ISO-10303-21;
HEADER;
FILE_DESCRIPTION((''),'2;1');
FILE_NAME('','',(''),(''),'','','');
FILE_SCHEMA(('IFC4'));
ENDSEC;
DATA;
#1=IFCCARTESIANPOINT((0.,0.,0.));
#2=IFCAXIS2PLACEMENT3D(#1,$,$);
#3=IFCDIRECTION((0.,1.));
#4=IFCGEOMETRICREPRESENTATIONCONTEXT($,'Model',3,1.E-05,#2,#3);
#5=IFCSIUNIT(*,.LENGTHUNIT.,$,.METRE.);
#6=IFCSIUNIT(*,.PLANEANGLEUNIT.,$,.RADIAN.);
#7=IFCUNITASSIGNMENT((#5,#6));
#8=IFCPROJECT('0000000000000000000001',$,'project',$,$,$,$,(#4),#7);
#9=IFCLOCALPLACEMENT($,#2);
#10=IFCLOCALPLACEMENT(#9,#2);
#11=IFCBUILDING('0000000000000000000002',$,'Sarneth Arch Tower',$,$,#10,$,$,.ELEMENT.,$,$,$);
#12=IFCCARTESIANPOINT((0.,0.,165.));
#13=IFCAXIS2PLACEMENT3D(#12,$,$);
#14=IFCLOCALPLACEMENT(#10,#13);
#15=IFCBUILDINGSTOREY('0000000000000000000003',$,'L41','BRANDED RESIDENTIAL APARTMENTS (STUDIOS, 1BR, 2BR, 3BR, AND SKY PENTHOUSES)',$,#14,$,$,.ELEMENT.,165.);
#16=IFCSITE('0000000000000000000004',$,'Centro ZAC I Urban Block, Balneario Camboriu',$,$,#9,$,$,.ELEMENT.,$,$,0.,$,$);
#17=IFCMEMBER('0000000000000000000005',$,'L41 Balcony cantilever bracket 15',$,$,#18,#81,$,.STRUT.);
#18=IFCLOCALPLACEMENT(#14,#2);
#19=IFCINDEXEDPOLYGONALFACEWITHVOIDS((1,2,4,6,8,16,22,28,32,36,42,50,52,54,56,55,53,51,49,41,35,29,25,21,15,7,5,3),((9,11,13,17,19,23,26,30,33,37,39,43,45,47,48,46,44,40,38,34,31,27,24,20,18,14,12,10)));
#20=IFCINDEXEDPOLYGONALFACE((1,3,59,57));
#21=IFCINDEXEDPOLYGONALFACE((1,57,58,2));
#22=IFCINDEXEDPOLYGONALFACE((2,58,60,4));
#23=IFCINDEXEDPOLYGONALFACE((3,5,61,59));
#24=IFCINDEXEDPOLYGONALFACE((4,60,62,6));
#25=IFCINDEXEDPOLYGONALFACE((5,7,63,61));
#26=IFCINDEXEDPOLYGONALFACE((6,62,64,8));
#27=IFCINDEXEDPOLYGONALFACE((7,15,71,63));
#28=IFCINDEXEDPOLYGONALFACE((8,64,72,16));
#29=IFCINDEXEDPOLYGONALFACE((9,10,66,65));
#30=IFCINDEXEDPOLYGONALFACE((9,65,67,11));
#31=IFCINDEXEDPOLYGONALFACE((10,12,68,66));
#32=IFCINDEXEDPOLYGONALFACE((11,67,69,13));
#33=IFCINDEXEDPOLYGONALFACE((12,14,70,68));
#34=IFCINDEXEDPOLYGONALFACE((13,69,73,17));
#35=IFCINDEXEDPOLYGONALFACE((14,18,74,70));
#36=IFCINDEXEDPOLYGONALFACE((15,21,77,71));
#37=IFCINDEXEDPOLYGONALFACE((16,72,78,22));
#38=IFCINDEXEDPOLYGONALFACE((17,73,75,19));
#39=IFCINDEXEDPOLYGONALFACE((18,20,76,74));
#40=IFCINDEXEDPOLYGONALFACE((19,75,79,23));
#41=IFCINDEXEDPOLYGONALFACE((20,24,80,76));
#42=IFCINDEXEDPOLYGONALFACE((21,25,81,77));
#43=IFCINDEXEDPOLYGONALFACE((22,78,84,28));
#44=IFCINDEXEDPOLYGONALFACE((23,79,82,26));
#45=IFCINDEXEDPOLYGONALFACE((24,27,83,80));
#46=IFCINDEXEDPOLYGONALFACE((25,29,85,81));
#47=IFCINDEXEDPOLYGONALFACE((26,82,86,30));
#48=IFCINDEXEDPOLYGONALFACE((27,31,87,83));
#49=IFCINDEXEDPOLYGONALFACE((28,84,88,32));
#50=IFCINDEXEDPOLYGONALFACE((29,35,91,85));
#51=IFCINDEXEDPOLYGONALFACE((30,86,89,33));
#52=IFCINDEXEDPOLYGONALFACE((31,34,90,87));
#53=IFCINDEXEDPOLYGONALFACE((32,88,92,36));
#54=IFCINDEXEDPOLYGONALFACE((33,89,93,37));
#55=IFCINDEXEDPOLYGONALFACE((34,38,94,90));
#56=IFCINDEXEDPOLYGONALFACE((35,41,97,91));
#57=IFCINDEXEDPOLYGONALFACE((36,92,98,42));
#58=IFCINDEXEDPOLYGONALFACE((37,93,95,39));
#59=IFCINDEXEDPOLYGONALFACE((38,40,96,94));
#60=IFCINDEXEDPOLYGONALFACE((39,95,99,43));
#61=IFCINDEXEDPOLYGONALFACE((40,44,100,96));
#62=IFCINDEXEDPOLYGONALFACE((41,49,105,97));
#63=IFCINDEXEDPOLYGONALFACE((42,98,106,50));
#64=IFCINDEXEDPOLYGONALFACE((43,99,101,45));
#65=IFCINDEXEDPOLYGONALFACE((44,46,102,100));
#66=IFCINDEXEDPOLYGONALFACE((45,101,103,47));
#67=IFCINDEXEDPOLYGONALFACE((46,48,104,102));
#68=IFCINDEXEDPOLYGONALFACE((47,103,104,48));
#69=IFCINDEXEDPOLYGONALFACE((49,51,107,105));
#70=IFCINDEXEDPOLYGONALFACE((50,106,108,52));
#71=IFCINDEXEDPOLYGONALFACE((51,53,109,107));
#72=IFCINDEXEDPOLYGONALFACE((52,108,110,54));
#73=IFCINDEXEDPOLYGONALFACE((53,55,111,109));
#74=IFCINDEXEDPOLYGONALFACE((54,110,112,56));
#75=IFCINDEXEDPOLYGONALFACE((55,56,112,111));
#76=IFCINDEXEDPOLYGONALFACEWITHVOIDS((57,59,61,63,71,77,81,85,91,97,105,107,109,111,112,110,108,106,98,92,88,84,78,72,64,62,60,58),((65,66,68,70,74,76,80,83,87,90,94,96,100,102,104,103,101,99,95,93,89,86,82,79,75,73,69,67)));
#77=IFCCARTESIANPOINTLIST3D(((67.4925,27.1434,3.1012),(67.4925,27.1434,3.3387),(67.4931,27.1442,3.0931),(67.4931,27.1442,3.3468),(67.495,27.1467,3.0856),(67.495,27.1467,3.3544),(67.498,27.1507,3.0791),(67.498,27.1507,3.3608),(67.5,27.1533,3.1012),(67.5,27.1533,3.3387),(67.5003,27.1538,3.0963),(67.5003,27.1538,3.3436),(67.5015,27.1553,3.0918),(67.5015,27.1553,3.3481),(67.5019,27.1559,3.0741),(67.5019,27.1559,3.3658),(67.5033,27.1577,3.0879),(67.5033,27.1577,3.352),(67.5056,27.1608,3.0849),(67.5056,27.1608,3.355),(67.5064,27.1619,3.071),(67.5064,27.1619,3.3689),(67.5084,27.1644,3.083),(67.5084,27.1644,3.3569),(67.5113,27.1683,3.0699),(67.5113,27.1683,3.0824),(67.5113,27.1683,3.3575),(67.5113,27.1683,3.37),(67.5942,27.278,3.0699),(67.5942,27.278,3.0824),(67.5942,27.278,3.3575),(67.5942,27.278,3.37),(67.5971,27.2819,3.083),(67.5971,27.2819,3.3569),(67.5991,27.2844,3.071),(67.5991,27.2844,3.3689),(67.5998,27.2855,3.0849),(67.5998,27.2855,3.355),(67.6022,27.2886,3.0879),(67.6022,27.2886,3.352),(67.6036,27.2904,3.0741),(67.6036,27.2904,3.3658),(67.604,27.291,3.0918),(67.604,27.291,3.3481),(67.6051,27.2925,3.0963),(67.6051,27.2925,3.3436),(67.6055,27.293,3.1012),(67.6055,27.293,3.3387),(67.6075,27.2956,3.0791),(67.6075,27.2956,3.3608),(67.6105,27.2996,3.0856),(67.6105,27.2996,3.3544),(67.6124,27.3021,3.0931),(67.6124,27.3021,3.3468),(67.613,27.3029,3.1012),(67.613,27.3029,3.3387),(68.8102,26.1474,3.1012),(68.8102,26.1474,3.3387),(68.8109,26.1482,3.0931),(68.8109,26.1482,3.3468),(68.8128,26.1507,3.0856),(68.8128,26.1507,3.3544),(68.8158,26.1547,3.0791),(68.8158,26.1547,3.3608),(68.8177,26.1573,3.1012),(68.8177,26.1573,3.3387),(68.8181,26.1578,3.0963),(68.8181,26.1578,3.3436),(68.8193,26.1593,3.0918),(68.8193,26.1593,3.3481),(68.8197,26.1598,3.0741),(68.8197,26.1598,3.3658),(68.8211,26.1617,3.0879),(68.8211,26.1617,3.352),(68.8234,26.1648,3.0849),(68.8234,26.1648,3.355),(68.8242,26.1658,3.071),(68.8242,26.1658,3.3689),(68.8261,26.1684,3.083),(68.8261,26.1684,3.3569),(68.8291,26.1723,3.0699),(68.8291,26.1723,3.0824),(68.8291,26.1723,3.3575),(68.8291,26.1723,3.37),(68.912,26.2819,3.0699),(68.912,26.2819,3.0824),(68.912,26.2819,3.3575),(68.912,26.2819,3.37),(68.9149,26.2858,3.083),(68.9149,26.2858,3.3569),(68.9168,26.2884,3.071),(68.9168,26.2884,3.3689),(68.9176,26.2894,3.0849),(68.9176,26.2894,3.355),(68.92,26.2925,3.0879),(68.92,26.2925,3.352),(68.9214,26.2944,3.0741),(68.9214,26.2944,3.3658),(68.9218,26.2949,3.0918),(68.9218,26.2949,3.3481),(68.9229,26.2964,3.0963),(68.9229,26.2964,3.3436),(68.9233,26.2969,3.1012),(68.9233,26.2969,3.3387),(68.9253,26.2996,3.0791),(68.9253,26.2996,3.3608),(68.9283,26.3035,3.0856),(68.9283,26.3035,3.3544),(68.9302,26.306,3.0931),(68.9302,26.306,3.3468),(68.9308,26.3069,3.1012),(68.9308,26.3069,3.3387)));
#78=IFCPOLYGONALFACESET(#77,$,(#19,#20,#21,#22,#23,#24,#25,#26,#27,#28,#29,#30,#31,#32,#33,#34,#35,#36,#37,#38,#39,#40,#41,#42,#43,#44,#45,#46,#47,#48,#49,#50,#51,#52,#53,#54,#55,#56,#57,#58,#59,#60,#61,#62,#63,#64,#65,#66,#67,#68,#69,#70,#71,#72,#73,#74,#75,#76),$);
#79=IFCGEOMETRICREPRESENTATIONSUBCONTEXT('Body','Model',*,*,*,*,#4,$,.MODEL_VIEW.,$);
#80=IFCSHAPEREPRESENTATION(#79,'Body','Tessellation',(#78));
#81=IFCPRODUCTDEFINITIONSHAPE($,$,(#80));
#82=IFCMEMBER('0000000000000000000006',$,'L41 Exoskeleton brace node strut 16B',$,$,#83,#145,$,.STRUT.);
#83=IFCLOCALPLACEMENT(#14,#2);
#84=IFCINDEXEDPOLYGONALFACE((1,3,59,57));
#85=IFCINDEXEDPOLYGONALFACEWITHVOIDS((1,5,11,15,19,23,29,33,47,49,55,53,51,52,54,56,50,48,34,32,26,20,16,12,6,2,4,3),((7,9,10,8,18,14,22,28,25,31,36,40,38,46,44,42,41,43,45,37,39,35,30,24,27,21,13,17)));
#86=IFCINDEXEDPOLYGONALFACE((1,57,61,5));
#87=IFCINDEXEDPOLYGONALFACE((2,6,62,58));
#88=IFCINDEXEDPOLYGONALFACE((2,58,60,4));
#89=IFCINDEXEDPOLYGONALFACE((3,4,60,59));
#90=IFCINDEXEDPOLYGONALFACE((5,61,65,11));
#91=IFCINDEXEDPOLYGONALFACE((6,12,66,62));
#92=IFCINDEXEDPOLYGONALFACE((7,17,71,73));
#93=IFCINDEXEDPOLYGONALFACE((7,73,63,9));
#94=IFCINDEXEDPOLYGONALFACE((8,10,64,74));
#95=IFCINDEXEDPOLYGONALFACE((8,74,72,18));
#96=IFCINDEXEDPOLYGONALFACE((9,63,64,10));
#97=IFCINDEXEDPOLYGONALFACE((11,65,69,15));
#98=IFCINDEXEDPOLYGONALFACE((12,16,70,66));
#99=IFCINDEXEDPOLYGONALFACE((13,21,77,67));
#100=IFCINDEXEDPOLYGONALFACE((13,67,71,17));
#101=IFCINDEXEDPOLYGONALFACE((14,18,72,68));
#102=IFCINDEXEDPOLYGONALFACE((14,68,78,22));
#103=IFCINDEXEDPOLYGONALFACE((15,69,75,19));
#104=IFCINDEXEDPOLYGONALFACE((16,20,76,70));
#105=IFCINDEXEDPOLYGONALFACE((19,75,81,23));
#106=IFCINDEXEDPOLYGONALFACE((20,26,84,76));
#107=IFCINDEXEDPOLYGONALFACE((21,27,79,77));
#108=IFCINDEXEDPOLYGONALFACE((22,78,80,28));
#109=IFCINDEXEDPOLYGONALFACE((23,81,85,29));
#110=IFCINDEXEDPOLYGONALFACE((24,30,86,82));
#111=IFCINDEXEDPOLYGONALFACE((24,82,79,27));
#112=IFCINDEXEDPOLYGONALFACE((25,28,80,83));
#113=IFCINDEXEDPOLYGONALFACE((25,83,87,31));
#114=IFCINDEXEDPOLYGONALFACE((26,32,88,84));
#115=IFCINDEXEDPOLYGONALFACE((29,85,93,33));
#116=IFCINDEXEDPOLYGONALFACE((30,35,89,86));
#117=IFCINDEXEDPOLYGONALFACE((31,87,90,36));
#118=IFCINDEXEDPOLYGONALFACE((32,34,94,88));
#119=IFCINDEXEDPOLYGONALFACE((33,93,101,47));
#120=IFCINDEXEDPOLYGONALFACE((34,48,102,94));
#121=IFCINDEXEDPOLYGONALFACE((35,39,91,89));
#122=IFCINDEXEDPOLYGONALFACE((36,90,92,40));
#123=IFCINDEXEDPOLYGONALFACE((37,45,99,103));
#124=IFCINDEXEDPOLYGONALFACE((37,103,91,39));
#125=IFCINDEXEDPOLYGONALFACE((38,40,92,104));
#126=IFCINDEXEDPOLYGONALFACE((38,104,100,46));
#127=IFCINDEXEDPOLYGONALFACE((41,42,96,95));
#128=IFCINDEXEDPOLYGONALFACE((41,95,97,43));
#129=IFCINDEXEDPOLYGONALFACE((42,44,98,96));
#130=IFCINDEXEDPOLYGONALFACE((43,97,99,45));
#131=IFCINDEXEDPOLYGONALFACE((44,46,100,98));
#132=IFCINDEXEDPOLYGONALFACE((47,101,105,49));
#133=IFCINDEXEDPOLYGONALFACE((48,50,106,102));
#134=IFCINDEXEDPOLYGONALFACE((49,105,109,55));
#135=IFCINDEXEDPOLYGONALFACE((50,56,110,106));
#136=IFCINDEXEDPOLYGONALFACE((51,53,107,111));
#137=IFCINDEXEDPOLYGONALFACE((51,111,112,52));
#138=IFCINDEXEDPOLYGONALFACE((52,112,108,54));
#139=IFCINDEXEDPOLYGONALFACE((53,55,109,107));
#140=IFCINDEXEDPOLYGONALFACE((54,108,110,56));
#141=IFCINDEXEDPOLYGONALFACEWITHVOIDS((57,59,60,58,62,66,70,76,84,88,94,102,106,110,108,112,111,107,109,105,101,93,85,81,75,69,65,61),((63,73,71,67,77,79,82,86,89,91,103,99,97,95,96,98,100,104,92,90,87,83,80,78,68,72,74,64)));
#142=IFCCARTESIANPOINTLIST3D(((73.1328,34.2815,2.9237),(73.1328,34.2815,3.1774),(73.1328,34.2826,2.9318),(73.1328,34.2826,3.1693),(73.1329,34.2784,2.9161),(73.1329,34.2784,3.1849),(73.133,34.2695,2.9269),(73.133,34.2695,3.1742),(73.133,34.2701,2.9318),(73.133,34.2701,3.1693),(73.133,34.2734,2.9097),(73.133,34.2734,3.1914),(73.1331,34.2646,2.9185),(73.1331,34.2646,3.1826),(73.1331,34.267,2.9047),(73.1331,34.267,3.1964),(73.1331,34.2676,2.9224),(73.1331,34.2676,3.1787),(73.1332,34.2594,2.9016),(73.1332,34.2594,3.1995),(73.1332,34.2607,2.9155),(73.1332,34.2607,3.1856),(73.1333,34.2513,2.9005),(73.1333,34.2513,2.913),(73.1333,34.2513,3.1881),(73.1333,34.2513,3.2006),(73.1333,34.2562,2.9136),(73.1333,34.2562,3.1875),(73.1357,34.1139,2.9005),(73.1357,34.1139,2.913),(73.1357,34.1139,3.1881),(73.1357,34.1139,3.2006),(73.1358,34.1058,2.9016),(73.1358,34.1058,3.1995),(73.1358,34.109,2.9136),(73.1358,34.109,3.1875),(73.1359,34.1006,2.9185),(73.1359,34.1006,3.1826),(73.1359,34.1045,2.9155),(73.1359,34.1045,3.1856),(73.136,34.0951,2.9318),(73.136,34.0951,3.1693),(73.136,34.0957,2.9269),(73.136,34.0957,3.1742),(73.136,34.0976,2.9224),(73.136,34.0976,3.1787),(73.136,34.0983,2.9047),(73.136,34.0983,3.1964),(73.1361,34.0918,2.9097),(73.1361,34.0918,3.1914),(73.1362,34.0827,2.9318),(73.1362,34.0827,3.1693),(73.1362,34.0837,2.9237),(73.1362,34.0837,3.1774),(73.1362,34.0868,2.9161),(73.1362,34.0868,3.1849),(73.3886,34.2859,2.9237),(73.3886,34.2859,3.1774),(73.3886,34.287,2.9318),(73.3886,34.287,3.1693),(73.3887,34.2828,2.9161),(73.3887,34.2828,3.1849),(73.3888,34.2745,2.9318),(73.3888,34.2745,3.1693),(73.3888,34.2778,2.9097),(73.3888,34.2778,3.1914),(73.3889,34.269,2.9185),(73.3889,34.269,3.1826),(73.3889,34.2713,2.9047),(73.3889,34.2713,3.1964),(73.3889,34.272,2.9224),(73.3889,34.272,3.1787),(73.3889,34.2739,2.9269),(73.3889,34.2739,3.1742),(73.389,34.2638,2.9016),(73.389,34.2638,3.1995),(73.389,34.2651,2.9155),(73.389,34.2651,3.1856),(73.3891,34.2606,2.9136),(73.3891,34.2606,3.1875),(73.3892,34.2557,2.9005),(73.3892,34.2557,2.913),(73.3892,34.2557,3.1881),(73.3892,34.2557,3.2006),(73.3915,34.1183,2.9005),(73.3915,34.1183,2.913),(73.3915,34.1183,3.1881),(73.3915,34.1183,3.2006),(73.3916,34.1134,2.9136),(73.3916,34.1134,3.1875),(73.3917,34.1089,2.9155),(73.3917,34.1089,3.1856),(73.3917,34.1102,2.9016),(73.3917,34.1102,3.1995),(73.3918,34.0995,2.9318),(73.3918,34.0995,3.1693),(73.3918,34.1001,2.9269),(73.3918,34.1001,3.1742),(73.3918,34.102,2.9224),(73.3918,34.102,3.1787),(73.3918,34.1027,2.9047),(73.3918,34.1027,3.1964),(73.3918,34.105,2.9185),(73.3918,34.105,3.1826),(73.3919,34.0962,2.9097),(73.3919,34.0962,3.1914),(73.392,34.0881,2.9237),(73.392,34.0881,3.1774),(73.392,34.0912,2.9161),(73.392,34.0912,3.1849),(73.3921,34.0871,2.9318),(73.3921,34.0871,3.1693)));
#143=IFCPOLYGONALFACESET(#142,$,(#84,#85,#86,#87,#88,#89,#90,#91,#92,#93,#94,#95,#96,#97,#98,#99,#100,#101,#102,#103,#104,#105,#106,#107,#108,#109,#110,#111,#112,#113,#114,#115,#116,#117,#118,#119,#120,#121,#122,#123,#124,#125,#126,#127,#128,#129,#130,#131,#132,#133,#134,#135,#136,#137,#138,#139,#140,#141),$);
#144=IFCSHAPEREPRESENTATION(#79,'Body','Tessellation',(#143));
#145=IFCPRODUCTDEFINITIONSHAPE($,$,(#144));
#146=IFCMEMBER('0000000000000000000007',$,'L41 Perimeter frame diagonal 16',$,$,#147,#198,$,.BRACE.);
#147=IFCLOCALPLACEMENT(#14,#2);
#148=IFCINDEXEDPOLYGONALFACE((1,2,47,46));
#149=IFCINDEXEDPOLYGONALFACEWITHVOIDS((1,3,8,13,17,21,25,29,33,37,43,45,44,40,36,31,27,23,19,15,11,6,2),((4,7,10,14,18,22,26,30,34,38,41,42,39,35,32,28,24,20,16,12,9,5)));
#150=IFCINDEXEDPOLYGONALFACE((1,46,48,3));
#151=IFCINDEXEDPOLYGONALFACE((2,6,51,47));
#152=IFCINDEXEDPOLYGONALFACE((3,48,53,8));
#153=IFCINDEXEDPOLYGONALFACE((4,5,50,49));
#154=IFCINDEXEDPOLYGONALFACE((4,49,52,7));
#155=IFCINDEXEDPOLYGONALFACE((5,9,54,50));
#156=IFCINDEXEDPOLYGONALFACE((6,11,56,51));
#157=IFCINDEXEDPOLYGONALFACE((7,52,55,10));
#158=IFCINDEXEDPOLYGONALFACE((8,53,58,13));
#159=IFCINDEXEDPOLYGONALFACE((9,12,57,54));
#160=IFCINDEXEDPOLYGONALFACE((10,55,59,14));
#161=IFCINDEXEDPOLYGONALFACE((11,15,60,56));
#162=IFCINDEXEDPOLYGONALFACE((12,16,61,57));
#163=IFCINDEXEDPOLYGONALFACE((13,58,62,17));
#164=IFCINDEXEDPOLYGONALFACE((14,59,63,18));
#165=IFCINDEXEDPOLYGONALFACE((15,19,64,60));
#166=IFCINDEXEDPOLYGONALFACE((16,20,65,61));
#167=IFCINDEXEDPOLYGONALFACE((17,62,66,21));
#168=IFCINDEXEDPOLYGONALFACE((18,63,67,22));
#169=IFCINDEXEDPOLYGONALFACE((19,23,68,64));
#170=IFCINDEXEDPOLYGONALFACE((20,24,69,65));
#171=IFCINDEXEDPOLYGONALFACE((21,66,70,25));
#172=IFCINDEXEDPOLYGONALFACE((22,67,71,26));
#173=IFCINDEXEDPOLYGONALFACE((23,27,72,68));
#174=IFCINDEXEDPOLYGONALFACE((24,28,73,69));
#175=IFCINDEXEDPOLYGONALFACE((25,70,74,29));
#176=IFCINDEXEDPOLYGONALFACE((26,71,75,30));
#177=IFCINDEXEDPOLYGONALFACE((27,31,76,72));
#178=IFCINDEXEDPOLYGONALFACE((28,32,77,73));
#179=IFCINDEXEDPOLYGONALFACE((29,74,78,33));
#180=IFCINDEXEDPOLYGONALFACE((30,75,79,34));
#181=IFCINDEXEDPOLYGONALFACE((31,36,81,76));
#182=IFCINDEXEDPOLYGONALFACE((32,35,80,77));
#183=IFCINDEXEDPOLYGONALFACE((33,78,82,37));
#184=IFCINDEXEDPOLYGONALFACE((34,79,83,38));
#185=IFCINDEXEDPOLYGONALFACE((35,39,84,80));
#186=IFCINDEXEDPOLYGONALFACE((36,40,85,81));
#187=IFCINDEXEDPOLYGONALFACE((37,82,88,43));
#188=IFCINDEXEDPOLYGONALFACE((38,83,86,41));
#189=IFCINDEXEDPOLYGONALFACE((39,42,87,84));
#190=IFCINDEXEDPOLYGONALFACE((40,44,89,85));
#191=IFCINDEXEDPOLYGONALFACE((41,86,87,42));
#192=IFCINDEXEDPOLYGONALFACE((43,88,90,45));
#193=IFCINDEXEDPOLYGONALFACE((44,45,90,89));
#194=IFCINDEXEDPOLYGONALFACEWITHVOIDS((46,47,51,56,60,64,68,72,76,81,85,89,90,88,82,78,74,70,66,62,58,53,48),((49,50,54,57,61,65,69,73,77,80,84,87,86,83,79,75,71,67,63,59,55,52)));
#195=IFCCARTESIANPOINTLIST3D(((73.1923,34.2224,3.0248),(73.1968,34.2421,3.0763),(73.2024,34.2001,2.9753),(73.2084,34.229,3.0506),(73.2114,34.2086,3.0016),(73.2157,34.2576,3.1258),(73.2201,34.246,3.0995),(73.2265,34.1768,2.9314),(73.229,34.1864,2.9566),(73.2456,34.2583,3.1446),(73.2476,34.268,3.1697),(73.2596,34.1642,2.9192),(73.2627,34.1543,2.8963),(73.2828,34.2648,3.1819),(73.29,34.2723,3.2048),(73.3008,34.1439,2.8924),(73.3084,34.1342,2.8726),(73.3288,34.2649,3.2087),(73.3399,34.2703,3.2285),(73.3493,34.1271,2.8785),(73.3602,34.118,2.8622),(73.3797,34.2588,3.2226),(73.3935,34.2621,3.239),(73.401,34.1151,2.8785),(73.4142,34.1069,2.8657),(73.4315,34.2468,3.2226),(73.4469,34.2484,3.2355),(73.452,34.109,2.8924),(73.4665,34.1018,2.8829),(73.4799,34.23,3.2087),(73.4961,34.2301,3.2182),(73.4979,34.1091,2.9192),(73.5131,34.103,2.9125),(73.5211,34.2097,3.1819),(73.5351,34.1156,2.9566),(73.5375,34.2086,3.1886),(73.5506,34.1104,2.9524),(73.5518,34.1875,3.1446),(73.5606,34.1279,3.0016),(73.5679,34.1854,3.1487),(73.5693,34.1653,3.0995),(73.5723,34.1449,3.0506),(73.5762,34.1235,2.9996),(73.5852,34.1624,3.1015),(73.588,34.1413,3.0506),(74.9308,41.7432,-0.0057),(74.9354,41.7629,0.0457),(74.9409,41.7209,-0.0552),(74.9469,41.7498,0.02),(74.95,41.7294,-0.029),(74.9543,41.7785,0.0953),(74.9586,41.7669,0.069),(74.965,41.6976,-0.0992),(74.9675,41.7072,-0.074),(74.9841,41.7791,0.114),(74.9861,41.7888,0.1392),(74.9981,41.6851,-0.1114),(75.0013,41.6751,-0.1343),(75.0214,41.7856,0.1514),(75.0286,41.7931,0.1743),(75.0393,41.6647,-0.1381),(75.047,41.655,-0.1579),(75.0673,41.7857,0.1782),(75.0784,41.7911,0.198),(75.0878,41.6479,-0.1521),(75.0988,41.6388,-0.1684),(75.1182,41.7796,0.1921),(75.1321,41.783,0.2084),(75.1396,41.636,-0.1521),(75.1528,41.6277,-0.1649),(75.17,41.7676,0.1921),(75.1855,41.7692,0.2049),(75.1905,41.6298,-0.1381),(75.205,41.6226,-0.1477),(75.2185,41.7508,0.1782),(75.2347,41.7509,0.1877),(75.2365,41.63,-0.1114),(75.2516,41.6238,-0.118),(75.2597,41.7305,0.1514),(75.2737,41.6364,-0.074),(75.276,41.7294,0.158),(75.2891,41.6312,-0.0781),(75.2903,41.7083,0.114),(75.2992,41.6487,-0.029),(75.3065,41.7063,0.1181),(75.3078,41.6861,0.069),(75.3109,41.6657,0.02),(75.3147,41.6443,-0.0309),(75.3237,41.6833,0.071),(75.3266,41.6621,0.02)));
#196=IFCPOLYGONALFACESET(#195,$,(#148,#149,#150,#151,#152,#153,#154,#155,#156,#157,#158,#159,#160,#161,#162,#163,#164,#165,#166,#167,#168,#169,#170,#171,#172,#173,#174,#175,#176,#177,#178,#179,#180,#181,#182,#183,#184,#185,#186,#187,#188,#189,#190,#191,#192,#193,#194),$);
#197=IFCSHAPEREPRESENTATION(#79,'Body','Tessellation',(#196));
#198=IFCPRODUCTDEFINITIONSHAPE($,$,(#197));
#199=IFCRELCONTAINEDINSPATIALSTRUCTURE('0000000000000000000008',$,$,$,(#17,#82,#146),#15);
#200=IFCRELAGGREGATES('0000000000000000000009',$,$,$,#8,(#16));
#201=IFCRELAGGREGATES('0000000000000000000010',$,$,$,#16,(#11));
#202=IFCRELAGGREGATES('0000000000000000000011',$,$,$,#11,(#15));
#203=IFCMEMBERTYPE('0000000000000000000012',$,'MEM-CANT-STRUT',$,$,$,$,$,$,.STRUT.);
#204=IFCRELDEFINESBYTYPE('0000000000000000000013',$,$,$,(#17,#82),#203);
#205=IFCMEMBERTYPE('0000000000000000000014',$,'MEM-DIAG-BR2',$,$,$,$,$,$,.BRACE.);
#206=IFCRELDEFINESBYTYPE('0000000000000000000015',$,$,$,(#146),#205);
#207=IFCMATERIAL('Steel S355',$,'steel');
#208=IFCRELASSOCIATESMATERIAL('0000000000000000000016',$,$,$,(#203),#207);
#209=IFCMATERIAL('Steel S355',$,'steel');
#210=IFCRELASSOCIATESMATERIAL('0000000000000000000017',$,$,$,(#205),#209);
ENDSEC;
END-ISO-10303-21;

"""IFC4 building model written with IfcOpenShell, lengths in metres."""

from ifc_helpers import new_model, si_unit, direction, frame, origin, origin_2d, place, context, subcontext, project, spatial, hollow_rectangle, hollow_circle, extrude, material, material_profile, profile_set, type_object, element, save


model = new_model("IFC4")

# Units and contexts
model_context = context("Model", 3, precision=1e-05, world=origin(), true_north=direction((0.0, 1.0)))
body_context = subcontext(model_context, "Body", "Model", "MODEL_VIEW")
ifc_project = project(units=[si_unit("LENGTHUNIT", "METRE"), si_unit("PLANEANGLEUNIT", "RADIAN")], contexts=[model_context])

# Site, building, storey
site_placement = place(None, origin())
site = spatial("IfcSite", under=ifc_project, at=site_placement, Name="Centro ZAC I Urban Block, Balneario Camboriu", CompositionType="ELEMENT", RefElevation=0.0)
building_placement = place(site_placement, origin())
building = spatial("IfcBuilding", under=site, at=building_placement, Name="Sarneth Arch Tower", CompositionType="ELEMENT")
storey_placement = place(building_placement, frame((0.0, 0.0, 165.0)))
storey = spatial("IfcBuildingStorey", under=building, at=storey_placement, Name="L41", Description="BRANDED RESIDENTIAL APARTMENTS (STUDIOS, 1BR, 2BR, 3BR, AND SKY PENTHOUSES)", CompositionType="ELEMENT", Elevation=165.0)

# Members
ifc_material_1 = material(Name="Steel S355", Category="steel")
ifc_material_profile_1 = material_profile(ifc_material_1, hollow_rectangle(XDim=0.2, YDim=0.3, WallThickness=0.0125, InnerFilletRadius=0.0188, OuterFilletRadius=0.0312, at=origin_2d()), Name="RHS300x200x12.5")
ifc_profile_set_1 = profile_set([ifc_material_profile_1], Name="Steel S355")
member_type_1 = type_object("IfcMemberType", Name="MEM-CANT-STRUT", PredefinedType="STRUT", material=ifc_profile_set_1)
member_1_placement = place(storey_placement, frame((67.5527, 27.2231, 3.22), z_axis=(0.79776, -0.602975, 0.0), x_axis=(0.602975, 0.79776, 0.0)))
element("IfcMember", 1, at=member_1_placement, inside=storey, type_object=member_type_1, Name="L41 Balcony cantilever bracket 15", PredefinedType="STRUT", context=body_context, shape_type="SweptSolid", body=[
    extrude(hollow_rectangle(XDim=0.2, YDim=0.3, WallThickness=0.0125, InnerFilletRadius=0.0188, OuterFilletRadius=0.0312, at=origin_2d()), origin(), (0.0, 0.0, 1.0), 1.6519),
])
member_2_placement = place(storey_placement, frame((73.1345, 34.1826, 3.0505), z_axis=(0.999853, 0.017173, 0.0), x_axis=(-0.017173, 0.999853, 0.0)))
element("IfcMember", 2, at=member_2_placement, inside=storey, type_object=member_type_1, Name="L41 Exoskeleton brace node strut 16B", PredefinedType="STRUT", context=body_context, shape_type="SweptSolid", body=[
    extrude(hollow_rectangle(XDim=0.2, YDim=0.3, WallThickness=0.0125, InnerFilletRadius=0.0188, OuterFilletRadius=0.0312, at=origin_2d()), origin(), (0.0, 0.0, 1.0), 0.2559),
])
ifc_material_2 = material(Name="Steel S355", Category="steel")
ifc_material_profile_2 = material_profile(ifc_material_2, hollow_circle(Radius=0.2029, WallThickness=0.0161, at=origin_2d()), Name="CHS406x16")
ifc_profile_set_2 = profile_set([ifc_material_profile_2], Name="Steel S355")
member_type_2 = type_object("IfcMemberType", Name="MEM-DIAG-BR2", PredefinedType="BRACE", material=ifc_profile_set_2)
member_3_placement = place(storey_placement, frame((75.1289, 41.7078, 0.02), z_axis=(-0.209646, -0.906917, 0.365446), x_axis=(0.974307, -0.225224, 0.0)))
element("IfcMember", 3, at=member_3_placement, inside=storey, type_object=member_type_2, Name="L41 Perimeter frame diagonal 16", PredefinedType="BRACE", context=body_context, shape_type="SweptSolid", body=[
    extrude(hollow_circle(Radius=0.2029, WallThickness=0.0161, at=origin_2d()), origin(), (0.0, 0.0, 1.0), 8.2927),
])

save(model, "model.ifc")
